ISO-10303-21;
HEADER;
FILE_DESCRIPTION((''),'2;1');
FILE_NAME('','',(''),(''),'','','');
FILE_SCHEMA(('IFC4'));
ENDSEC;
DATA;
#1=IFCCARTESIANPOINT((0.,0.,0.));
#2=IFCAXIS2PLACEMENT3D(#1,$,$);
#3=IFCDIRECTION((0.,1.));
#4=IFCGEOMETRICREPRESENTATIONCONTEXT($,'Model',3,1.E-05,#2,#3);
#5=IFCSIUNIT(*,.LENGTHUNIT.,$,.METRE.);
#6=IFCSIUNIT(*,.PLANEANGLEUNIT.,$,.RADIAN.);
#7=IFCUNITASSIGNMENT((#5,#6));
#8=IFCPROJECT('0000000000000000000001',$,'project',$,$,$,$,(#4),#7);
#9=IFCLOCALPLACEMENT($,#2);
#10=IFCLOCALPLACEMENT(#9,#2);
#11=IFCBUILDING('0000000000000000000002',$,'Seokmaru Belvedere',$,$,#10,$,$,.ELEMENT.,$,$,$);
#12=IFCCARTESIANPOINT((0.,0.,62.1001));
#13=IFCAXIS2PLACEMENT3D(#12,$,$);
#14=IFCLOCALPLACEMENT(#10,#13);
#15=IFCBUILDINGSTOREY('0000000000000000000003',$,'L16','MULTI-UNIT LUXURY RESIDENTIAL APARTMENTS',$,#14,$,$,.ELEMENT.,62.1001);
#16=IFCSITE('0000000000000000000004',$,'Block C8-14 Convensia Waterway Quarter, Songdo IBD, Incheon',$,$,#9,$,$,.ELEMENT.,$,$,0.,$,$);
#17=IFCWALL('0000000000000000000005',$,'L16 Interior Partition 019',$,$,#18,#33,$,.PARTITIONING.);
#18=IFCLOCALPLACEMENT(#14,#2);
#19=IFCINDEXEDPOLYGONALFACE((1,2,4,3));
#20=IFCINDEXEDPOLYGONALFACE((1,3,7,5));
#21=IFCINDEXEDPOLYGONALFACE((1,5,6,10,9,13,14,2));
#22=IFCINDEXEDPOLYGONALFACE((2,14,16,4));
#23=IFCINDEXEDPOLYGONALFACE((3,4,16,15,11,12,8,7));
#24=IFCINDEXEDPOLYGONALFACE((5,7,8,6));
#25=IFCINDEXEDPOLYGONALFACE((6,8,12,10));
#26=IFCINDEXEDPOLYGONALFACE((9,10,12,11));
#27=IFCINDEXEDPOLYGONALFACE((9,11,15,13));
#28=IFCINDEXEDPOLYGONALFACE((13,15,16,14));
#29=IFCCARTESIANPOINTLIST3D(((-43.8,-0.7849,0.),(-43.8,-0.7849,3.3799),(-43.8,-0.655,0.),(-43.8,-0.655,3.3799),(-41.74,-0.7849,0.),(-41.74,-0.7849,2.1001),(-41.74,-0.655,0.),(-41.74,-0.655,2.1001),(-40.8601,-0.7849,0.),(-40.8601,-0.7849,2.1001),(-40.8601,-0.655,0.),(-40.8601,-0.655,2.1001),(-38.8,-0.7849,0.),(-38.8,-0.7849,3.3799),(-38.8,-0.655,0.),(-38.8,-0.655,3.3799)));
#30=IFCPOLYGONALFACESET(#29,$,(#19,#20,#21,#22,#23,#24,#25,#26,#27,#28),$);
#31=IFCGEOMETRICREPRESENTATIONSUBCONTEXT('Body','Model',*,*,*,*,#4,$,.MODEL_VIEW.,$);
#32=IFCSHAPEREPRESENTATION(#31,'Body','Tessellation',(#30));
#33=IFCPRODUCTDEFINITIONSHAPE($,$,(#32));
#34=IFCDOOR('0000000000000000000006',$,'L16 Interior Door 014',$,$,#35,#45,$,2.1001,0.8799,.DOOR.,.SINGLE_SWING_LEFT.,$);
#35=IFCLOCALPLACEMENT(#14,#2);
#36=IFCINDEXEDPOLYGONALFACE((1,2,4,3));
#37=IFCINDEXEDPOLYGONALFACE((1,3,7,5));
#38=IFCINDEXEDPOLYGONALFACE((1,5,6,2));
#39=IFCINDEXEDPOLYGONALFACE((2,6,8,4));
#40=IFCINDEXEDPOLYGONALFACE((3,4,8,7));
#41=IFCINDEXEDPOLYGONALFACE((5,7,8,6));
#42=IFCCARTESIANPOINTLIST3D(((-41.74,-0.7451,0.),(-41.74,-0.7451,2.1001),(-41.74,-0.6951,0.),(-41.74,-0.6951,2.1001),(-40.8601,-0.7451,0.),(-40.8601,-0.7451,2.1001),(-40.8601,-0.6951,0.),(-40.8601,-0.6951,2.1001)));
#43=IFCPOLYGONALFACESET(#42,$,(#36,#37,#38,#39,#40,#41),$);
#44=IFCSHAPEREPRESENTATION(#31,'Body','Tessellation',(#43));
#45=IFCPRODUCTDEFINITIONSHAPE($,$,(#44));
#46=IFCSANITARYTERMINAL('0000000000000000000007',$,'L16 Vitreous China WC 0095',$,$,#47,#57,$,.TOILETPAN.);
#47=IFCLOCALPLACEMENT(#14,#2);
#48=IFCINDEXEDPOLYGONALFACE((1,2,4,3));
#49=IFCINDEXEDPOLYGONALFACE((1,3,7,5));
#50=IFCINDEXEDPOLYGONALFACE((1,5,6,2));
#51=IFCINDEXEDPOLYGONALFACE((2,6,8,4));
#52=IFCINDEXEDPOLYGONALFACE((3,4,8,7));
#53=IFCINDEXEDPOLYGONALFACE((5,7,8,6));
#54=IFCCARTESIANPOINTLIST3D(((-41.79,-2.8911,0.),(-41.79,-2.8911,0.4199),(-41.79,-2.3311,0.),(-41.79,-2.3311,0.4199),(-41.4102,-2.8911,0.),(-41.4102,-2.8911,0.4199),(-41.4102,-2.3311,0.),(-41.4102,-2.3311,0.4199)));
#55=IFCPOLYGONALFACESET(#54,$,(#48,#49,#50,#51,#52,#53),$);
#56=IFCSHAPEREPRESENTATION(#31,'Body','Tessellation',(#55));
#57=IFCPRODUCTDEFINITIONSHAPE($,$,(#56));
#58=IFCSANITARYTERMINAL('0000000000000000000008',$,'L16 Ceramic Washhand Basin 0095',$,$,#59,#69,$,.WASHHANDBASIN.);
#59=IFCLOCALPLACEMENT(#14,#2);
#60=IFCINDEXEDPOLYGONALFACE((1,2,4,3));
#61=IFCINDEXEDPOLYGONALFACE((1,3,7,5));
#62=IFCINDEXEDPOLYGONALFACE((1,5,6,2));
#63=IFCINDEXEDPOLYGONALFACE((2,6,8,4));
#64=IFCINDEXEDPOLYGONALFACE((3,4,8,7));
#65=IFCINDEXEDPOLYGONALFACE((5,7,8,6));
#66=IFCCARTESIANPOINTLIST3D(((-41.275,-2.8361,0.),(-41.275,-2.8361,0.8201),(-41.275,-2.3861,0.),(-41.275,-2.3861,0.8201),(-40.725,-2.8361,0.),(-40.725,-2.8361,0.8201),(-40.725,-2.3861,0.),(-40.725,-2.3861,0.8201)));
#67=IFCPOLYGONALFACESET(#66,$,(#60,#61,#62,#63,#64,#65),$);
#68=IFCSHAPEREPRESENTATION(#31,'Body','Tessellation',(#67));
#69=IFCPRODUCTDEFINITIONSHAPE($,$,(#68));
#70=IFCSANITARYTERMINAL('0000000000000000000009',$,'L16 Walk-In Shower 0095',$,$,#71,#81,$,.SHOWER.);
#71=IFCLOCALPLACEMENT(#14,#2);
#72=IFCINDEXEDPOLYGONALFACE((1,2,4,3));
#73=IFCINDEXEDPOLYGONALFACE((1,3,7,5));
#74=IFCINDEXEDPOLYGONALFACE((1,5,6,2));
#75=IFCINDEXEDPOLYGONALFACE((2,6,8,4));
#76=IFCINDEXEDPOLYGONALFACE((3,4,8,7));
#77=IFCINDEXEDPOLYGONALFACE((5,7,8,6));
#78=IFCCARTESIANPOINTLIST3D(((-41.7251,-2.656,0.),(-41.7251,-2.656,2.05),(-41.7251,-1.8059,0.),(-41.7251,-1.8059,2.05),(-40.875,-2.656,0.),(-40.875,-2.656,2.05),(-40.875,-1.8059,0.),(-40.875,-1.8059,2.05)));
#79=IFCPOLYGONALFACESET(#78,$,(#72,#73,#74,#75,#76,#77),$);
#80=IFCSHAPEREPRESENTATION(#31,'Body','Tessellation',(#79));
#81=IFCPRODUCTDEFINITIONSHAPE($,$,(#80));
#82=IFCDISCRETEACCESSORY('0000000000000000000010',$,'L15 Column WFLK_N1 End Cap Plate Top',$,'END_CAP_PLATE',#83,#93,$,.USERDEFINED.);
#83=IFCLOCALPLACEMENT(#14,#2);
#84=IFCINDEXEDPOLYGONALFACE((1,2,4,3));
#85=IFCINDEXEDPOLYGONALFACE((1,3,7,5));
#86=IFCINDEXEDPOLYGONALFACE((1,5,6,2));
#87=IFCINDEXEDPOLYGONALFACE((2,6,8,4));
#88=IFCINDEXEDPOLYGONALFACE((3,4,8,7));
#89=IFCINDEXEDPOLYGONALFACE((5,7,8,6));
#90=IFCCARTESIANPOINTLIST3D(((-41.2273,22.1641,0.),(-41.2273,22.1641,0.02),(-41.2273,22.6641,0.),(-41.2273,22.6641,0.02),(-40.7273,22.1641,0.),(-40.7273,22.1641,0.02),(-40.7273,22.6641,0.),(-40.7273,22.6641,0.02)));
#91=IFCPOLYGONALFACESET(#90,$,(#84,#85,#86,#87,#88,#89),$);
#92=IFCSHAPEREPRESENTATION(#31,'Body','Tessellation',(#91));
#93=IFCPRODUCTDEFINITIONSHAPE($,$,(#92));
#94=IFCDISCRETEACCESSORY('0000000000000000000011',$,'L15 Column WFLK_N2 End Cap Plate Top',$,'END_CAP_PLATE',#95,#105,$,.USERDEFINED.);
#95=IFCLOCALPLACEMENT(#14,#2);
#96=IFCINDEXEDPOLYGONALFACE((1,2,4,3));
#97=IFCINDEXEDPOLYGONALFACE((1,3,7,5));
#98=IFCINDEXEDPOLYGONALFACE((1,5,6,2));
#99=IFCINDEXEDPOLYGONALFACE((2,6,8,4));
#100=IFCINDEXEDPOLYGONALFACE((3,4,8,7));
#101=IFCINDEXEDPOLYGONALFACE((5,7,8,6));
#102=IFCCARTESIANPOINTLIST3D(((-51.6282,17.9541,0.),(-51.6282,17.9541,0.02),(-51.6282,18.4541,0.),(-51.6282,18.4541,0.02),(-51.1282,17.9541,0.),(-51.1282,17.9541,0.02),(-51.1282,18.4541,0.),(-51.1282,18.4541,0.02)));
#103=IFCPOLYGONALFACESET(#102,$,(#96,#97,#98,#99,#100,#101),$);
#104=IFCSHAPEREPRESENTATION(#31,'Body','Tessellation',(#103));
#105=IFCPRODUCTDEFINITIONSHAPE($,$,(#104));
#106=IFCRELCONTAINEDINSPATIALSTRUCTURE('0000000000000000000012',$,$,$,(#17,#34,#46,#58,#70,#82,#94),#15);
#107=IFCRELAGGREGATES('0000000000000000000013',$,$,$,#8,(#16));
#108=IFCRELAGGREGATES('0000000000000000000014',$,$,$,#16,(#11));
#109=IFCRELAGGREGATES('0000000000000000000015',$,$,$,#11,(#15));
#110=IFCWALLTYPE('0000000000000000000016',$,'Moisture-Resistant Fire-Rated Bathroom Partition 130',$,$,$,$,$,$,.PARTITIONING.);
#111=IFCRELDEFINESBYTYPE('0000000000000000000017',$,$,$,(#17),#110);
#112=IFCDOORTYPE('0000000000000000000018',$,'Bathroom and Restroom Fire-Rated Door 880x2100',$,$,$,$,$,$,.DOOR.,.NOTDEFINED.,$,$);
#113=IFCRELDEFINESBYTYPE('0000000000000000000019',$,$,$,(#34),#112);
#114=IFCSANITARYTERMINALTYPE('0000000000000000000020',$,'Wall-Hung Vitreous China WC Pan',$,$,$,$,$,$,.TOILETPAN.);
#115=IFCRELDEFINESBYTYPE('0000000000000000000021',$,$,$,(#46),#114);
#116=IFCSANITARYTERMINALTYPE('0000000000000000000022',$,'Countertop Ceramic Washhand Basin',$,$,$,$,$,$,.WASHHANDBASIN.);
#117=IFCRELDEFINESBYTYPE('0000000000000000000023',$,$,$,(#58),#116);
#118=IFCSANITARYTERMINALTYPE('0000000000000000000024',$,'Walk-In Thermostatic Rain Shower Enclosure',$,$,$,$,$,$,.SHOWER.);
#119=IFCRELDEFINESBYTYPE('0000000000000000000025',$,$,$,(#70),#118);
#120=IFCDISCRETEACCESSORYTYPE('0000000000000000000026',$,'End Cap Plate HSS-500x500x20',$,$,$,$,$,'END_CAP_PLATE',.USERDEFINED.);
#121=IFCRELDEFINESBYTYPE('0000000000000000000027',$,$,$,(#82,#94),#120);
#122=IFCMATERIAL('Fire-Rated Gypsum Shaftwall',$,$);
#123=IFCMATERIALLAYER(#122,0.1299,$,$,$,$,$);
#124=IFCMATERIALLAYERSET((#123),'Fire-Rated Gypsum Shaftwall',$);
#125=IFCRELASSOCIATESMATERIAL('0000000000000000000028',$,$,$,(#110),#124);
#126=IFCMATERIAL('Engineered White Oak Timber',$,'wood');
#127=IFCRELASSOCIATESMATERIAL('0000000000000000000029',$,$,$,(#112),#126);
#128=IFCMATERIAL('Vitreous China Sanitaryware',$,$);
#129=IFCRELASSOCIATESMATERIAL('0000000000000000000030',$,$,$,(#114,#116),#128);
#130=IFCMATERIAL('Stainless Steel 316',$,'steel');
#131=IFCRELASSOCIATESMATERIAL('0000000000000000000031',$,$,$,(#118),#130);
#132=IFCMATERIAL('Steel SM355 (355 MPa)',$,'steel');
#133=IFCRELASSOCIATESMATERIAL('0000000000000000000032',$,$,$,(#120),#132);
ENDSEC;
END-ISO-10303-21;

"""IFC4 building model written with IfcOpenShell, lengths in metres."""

from ifc_helpers import new_model, si_unit, direction, frame, frame_2d, origin, origin_2d, place, context, subcontext, project, spatial, rectangle, extrude, source, transform, mapped, material, layer, layer_set, type_object, type_shapes, element, fill, save


model = new_model("IFC4")

# Units and contexts
model_context = context("Model", 3, precision=1e-05, world=origin(), true_north=direction((0.0, 1.0)))
body_context = subcontext(model_context, "Body", "Model", "MODEL_VIEW")
ifc_project = project(units=[si_unit("LENGTHUNIT", "METRE"), si_unit("PLANEANGLEUNIT", "RADIAN")], contexts=[model_context])

# Site, building, storey
site_placement = place(None, origin())
site = spatial("IfcSite", under=ifc_project, at=site_placement, Name="Block C8-14 Convensia Waterway Quarter, Songdo IBD, Incheon", CompositionType="ELEMENT", RefElevation=0.0)
building_placement = place(site_placement, origin())
building = spatial("IfcBuilding", under=site, at=building_placement, Name="Seokmaru Belvedere", CompositionType="ELEMENT")
storey_placement = place(building_placement, frame((0.0, 0.0, 62.1001)))
storey = spatial("IfcBuildingStorey", under=building, at=storey_placement, Name="L16", Description="MULTI-UNIT LUXURY RESIDENTIAL APARTMENTS", CompositionType="ELEMENT", Elevation=62.1001)

# Shared definitions
ifc_material_1 = material(Name="Steel SM355 (355 MPa)", Category="steel")

# Shared definitions
ifc_material_2 = material(Name="Fire-Rated Gypsum Shaftwall")
ifc_material_3 = material(Name="Engineered White Oak Timber", Category="wood")

# Wall, opening, door
ifc_layer_1 = layer(ifc_material_2, 0.1299)
ifc_layer_set_1 = layer_set([ifc_layer_1], Name="Fire-Rated Gypsum Shaftwall")
wall_type_1 = type_object("IfcWallType", Name="Moisture-Resistant Fire-Rated Bathroom Partition 130", PredefinedType="PARTITIONING", material=ifc_layer_set_1)
wall_1_placement = place(storey_placement, frame((-43.8, -0.72, 0.0), z_axis=(0.0, 0.0, 1.0), x_axis=(1.0, 0.0, 0.0)))
wall_1 = element("IfcWall", 1, at=wall_1_placement, inside=storey, type_object=wall_type_1, Name="L16 Interior Partition 019", PredefinedType="PARTITIONING", context=body_context, shape_type="SweptSolid", body=[
    extrude(rectangle(XDim=5.0, YDim=0.1299, at=frame_2d((2.5, 0.0))), origin(), (0.0, 0.0, 1.0), 3.3799),
])
opening_1_placement = place(wall_1_placement, frame((2.0601, 0.0, 0.0)))
opening_1 = element("IfcOpeningElement", 2, at=opening_1_placement, cuts=wall_1, PredefinedType="OPENING", context=body_context, shape_type="SweptSolid", body=[
    extrude(rectangle(XDim=0.8799, YDim=2.1001, at=frame_2d((0.4399, 1.05))), frame((0.0, 0.075, 0.0), z_axis=(0.0, -1.0, 0.0), x_axis=(1.0, 0.0, 0.0)), (0.0, 0.0, 1.0), 0.1499),
])
door_type_1 = type_object("IfcDoorType", Name="Bathroom and Restroom Fire-Rated Door 880x2100", OperationType="NOTDEFINED", PredefinedType="DOOR", material=ifc_material_3)
shared_shape_1 = source(origin(), body_context, "Body", "SweptSolid", [
    extrude(rectangle(XDim=0.8799, YDim=2.1001, at=frame_2d((0.4399, 1.05))), frame((0.0, 0.0249, 0.0), z_axis=(0.0, -1.0, 0.0), x_axis=(1.0, 0.0, 0.0)), (0.0, 0.0, 1.0), 0.05),
])
type_shapes(door_type_1, [shared_shape_1])
door_1_placement = place(opening_1_placement, origin())
door_1 = element("IfcDoor", 3, at=door_1_placement, inside=storey, type_object=door_type_1, Name="L16 Interior Door 014", OperationType="SINGLE_SWING_LEFT", OverallHeight=2.1001, OverallWidth=0.8799, PredefinedType="DOOR", context=body_context, shape_type="MappedRepresentation", body=[
    mapped(shared_shape_1, transform((0.0, 0.0, 0.0), scale=1.0)),
])
fill(opening_1, door_1)

# Sanitary terminals
ifc_material_4 = material(Name="Vitreous China Sanitaryware")
sanitary_terminal_type_1 = type_object("IfcSanitaryTerminalType", Name="Wall-Hung Vitreous China WC Pan", PredefinedType="TOILETPAN", material=ifc_material_4)
shared_shape_2 = source(origin(), body_context, "Body", "SweptSolid", [
    extrude(rectangle(XDim=0.3799, YDim=0.5601, at=origin_2d()), origin(), (0.0, 0.0, 1.0), 0.4199),
])
type_shapes(sanitary_terminal_type_1, [shared_shape_2])
sanitary_terminal_1_placement = place(storey_placement, frame((-41.6001, -2.6111, 0.0), z_axis=(0.0, 0.0, 1.0), x_axis=(1.0, 0.0, 0.0)))
element("IfcSanitaryTerminal", 4, at=sanitary_terminal_1_placement, inside=storey, type_object=sanitary_terminal_type_1, Name="L16 Vitreous China WC 0095", PredefinedType="TOILETPAN", context=body_context, shape_type="MappedRepresentation", body=[
    mapped(shared_shape_2, transform((0.0, 0.0, 0.0), scale=1.0)),
])
sanitary_terminal_type_2 = type_object("IfcSanitaryTerminalType", Name="Countertop Ceramic Washhand Basin", PredefinedType="WASHHANDBASIN", material=ifc_material_4)
shared_shape_3 = source(origin(), body_context, "Body", "SweptSolid", [
    extrude(rectangle(XDim=0.55, YDim=0.45, at=origin_2d()), origin(), (0.0, 0.0, 1.0), 0.8201),
])
type_shapes(sanitary_terminal_type_2, [shared_shape_3])
sanitary_terminal_2_placement = place(storey_placement, frame((-41.0, -2.6111, 0.0), z_axis=(0.0, 0.0, 1.0), x_axis=(1.0, 0.0, 0.0)))
element("IfcSanitaryTerminal", 5, at=sanitary_terminal_2_placement, inside=storey, type_object=sanitary_terminal_type_2, Name="L16 Ceramic Washhand Basin 0095", PredefinedType="WASHHANDBASIN", context=body_context, shape_type="MappedRepresentation", body=[
    mapped(shared_shape_3, transform((0.0, 0.0, 0.0), scale=1.0)),
])
ifc_material_5 = material(Name="Stainless Steel 316", Category="steel")
sanitary_terminal_type_3 = type_object("IfcSanitaryTerminalType", Name="Walk-In Thermostatic Rain Shower Enclosure", PredefinedType="SHOWER", material=ifc_material_5)
shared_shape_4 = source(origin(), body_context, "Body", "SweptSolid", [
    extrude(rectangle(XDim=0.8501, YDim=0.8501, at=origin_2d()), origin(), (0.0, 0.0, 1.0), 2.05),
])
type_shapes(sanitary_terminal_type_3, [shared_shape_4])
sanitary_terminal_3_placement = place(storey_placement, frame((-41.3, -2.231, 0.0), z_axis=(0.0, 0.0, 1.0), x_axis=(1.0, 0.0, 0.0)))
element("IfcSanitaryTerminal", 6, at=sanitary_terminal_3_placement, inside=storey, type_object=sanitary_terminal_type_3, Name="L16 Walk-In Shower 0095", PredefinedType="SHOWER", context=body_context, shape_type="MappedRepresentation", body=[
    mapped(shared_shape_4, transform((0.0, 0.0, 0.0), scale=1.0)),
])

# Discrete accessories
discrete_accessory_type = type_object("IfcDiscreteAccessoryType", Name="End Cap Plate HSS-500x500x20", ElementType="END_CAP_PLATE", PredefinedType="USERDEFINED", material=ifc_material_1)
shared_shape_5 = source(origin(), body_context, "Body", "SweptSolid", [
    extrude(rectangle(XDim=0.5, YDim=0.5, at=origin_2d()), origin(), (0.0, 0.0, 1.0), 0.02),
])
type_shapes(discrete_accessory_type, [shared_shape_5])
for number, where, z_axis, x_axis, name in (
    (7, (-40.9773, 22.4141, 0.0), (0.0, 0.0, 1.0), (1.0, 0.0, 0.0), "L15 Column WFLK_N1 End Cap Plate Top"),
    (8, (-51.3782, 18.2041, 0.0), (0.0, 0.0, 1.0), (1.0, 0.0, 0.0), "L15 Column WFLK_N2 End Cap Plate Top"),
):
    element("IfcDiscreteAccessory", number, at=place(storey_placement, frame(where, z_axis=z_axis, x_axis=x_axis)), inside=storey, type_object=discrete_accessory_type, Name=name, ObjectType="END_CAP_PLATE", PredefinedType="USERDEFINED", context=body_context, shape_type="MappedRepresentation", body=[
        mapped(shared_shape_5, transform((0.0, 0.0, 0.0), scale=1.0)),
    ])

save(model, "model.ifc")
